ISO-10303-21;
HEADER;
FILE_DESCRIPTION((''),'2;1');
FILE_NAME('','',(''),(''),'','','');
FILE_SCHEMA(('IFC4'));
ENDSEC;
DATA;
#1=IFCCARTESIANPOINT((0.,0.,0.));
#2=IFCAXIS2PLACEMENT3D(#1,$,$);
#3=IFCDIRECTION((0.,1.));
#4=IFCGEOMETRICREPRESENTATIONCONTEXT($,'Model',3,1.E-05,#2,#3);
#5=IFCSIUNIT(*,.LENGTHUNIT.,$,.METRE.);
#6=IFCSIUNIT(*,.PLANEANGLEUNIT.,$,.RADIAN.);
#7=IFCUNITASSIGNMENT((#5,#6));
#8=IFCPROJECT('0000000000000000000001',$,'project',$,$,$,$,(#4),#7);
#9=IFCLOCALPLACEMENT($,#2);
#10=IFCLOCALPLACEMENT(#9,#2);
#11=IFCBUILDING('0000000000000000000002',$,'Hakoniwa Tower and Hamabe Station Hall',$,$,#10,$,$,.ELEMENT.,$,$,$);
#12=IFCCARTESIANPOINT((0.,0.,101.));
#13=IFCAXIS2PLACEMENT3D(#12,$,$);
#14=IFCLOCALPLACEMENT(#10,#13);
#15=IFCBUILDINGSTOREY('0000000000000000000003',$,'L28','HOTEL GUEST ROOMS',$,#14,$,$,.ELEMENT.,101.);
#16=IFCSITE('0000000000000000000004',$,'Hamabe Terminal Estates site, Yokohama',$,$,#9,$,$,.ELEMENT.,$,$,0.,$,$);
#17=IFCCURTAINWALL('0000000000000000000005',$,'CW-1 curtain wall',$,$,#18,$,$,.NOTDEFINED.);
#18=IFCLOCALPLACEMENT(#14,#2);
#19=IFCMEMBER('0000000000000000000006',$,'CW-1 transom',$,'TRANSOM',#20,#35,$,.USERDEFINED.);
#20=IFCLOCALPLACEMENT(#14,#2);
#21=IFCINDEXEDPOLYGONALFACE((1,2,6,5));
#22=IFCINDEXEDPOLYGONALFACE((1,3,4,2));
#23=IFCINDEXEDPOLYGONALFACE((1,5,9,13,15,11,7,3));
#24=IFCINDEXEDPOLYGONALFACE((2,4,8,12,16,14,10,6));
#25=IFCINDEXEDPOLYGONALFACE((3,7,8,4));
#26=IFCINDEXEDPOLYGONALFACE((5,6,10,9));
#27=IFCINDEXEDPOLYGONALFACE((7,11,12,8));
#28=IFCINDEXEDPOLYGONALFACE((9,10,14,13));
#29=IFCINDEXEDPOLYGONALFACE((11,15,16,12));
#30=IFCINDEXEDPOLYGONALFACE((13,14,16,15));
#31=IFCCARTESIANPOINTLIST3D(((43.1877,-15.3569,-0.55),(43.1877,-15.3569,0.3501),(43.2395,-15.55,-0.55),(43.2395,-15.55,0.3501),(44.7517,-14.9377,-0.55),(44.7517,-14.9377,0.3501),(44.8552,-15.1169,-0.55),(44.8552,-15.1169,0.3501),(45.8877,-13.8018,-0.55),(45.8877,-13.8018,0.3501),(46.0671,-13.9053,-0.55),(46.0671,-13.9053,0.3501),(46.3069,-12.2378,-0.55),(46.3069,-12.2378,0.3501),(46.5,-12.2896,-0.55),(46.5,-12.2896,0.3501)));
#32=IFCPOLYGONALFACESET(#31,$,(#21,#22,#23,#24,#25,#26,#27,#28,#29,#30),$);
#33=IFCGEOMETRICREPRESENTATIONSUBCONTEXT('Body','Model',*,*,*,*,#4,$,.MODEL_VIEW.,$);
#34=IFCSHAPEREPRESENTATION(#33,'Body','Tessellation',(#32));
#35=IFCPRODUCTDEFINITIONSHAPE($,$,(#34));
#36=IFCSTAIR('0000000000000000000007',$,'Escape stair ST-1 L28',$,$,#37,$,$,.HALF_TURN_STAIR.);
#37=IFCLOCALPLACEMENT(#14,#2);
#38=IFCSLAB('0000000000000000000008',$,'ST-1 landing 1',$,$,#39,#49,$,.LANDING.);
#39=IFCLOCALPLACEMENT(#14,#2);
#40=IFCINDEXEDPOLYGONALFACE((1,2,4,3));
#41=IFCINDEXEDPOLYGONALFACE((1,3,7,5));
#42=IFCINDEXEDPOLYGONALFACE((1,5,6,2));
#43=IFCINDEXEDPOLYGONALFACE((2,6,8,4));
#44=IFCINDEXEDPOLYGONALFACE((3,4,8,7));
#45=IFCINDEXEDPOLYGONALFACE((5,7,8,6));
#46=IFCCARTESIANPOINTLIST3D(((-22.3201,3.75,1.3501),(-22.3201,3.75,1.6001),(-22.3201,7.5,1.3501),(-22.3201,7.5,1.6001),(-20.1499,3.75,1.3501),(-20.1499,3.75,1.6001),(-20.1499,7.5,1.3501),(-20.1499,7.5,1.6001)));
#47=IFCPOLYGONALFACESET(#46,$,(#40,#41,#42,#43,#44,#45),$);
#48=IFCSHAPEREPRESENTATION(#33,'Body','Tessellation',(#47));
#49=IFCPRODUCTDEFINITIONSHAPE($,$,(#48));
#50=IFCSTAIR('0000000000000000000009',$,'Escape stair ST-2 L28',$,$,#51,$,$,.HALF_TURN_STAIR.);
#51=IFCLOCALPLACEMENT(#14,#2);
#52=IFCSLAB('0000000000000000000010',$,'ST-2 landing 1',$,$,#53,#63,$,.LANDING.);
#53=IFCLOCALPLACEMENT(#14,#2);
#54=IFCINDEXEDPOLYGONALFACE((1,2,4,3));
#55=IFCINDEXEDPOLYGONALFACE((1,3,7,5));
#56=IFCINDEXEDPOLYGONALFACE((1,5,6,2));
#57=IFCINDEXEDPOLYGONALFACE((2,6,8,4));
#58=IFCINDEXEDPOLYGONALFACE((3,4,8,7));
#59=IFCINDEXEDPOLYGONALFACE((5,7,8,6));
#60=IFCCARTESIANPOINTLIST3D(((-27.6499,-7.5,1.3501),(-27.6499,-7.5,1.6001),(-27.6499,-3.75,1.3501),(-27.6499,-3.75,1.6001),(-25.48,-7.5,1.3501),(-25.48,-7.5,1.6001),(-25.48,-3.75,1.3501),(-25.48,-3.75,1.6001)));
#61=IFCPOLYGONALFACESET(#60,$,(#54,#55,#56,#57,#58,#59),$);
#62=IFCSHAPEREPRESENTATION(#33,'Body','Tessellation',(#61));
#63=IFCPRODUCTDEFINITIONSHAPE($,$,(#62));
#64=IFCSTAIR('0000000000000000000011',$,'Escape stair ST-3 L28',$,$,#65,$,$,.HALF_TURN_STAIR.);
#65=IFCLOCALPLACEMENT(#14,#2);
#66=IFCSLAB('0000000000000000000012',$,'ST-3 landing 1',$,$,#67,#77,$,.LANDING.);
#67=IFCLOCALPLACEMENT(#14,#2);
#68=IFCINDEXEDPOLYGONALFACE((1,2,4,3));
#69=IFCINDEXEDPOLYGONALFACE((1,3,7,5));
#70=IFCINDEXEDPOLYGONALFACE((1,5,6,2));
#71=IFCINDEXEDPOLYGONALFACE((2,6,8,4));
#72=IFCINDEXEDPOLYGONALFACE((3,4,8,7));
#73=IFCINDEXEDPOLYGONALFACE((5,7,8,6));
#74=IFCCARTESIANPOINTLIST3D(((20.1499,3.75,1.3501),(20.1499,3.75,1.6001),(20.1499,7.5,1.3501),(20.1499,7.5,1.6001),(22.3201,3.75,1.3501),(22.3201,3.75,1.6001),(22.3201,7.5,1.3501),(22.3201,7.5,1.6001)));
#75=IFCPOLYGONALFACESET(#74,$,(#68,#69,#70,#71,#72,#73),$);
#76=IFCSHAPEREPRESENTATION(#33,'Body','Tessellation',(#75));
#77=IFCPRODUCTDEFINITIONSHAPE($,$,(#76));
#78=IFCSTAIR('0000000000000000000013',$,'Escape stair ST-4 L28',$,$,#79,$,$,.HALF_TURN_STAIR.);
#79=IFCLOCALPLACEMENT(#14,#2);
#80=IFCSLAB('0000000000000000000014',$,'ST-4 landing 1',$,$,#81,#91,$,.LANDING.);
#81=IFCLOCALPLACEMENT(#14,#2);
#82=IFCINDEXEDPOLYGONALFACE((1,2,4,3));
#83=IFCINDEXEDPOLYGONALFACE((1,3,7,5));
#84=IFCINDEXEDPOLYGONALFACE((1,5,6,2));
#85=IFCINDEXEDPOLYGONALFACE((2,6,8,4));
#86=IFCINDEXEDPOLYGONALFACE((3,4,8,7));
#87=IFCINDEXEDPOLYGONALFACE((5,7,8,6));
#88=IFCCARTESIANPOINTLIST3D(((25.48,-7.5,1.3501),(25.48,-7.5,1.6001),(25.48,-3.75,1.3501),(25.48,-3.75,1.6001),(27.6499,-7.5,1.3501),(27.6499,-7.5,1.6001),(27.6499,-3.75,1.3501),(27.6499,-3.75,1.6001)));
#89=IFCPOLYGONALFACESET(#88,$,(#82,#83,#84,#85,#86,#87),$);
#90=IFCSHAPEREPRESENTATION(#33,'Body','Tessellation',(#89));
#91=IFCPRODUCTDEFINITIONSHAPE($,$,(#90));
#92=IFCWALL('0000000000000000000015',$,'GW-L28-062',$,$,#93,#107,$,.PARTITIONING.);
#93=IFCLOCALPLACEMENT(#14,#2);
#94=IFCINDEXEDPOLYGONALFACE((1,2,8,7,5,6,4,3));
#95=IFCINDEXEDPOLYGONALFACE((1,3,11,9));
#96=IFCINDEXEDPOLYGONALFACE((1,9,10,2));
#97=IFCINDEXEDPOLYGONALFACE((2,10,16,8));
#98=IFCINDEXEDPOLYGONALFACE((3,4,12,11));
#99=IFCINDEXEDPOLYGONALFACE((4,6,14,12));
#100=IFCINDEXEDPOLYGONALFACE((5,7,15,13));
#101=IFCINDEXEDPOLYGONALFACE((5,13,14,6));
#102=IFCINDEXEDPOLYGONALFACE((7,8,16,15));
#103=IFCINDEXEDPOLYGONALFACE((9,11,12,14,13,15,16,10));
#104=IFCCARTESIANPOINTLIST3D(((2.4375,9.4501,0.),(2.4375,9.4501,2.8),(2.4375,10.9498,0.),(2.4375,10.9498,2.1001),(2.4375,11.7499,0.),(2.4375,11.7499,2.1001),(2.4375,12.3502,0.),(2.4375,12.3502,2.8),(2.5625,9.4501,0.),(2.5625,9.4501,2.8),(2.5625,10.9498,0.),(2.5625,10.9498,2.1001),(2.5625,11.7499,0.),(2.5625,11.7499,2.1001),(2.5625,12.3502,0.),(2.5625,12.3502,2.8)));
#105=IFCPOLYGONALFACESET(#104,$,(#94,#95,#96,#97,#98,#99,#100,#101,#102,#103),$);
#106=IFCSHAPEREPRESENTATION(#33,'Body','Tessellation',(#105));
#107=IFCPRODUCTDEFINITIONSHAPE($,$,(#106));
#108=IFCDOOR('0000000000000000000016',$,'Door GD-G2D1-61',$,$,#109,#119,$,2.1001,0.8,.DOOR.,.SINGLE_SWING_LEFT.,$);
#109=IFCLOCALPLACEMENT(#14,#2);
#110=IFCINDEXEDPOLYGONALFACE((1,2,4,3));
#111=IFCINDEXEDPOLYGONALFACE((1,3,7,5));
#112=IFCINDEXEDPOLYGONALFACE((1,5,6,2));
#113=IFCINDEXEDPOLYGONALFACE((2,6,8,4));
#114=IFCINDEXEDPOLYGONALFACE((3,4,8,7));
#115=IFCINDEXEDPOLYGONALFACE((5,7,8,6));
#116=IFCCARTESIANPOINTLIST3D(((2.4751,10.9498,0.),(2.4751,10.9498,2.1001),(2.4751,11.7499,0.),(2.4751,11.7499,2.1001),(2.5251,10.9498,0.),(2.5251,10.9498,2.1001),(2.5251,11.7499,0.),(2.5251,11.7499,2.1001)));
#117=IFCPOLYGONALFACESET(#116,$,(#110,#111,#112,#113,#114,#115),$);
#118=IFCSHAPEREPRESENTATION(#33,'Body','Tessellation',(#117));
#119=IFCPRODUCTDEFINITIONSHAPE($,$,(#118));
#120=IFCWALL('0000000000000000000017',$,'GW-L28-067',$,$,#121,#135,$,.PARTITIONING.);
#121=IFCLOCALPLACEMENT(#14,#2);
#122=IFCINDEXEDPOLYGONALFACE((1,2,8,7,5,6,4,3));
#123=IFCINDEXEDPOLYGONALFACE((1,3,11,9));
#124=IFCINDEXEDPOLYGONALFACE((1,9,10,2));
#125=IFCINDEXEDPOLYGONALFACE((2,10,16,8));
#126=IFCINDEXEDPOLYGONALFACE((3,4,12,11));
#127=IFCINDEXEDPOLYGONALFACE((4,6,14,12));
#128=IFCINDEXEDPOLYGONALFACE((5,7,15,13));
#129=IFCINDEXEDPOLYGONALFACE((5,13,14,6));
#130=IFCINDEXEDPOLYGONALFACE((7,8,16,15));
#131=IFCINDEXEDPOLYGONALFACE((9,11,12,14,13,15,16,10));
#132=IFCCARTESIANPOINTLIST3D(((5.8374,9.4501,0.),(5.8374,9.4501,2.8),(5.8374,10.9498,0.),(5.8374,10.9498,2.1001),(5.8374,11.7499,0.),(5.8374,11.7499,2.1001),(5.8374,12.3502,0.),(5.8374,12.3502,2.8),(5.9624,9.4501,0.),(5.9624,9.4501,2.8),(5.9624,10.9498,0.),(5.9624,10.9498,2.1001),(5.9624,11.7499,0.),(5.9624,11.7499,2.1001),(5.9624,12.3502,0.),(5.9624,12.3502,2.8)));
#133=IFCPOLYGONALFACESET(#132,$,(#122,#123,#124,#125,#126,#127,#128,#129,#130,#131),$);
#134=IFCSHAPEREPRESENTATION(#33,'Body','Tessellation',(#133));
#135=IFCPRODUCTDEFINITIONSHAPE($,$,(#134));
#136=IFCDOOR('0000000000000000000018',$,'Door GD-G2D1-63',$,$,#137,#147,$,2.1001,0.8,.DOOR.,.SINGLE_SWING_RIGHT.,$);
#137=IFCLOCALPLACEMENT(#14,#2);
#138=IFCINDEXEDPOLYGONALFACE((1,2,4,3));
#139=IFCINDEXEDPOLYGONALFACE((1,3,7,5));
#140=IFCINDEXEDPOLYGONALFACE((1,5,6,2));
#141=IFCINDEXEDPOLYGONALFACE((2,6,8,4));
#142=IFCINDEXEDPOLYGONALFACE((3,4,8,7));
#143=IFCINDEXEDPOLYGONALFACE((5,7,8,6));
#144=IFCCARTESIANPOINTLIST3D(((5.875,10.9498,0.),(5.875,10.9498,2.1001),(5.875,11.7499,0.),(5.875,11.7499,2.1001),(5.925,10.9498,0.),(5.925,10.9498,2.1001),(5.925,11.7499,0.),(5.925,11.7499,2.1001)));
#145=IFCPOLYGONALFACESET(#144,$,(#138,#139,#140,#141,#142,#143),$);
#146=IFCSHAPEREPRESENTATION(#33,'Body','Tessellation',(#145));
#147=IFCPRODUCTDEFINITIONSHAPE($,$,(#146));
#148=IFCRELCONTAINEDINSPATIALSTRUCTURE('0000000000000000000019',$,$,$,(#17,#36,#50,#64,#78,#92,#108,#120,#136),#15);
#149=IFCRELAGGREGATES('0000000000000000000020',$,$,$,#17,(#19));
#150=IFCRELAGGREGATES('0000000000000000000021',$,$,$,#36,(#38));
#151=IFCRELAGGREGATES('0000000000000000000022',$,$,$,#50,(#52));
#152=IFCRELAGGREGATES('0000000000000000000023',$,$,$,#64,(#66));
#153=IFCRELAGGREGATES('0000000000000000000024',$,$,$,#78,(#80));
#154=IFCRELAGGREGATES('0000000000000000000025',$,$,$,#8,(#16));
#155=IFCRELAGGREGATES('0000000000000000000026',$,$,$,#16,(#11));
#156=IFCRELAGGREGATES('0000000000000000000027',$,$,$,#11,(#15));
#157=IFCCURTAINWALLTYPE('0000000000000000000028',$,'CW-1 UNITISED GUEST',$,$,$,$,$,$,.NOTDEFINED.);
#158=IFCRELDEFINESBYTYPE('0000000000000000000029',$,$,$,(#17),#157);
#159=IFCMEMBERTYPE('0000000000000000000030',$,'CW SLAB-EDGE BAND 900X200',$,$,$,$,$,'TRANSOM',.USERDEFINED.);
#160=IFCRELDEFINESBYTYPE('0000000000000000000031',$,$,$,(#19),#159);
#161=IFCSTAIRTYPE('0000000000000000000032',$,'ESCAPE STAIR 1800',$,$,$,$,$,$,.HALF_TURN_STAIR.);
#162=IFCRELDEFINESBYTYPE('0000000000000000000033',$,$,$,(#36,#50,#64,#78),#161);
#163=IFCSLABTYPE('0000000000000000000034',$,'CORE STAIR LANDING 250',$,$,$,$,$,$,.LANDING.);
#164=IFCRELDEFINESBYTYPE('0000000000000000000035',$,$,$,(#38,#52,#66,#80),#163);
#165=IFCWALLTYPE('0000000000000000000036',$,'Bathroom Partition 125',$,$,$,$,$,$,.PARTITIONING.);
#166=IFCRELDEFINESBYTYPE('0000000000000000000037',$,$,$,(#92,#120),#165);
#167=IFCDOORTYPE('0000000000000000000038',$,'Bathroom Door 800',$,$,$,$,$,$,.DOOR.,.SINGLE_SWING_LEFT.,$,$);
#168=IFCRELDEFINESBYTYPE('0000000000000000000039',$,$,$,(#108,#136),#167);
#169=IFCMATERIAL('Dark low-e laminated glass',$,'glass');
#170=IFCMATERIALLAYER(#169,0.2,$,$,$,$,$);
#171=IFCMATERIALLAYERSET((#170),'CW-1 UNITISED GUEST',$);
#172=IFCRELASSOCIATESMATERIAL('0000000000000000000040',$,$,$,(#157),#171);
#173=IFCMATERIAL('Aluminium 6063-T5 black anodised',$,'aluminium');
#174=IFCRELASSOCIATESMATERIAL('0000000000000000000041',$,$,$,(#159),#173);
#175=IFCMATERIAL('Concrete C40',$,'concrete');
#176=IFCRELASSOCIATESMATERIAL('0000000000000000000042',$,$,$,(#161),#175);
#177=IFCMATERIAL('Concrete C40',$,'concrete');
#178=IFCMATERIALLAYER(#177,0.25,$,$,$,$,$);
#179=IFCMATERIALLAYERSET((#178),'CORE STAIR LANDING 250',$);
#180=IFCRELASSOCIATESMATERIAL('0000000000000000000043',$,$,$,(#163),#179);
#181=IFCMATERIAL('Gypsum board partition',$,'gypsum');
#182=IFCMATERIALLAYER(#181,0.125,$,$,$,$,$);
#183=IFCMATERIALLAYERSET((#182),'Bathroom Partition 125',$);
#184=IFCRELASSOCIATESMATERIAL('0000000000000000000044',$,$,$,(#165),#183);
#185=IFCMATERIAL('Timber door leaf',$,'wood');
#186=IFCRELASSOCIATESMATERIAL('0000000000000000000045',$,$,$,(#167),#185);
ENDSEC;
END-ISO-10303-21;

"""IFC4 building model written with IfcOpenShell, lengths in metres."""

from ifc_helpers import new_model, si_unit, direction, frame, frame_2d, origin, origin_2d, place, context, subcontext, project, spatial, polyline, rectangle, outline, extrude, material, layer, layer_set, material_profile, profile_set, type_object, element, fill, aggregate, save


model = new_model("IFC4")

# Units and contexts
model_context = context("Model", 3, precision=1e-05, world=origin(), true_north=direction((0.0, 1.0)))
body_context = subcontext(model_context, "Body", "Model", "MODEL_VIEW")
ifc_project = project(units=[si_unit("LENGTHUNIT", "METRE"), si_unit("PLANEANGLEUNIT", "RADIAN")], contexts=[model_context])

# Site, building, storey
site_placement = place(None, origin())
site = spatial("IfcSite", under=ifc_project, at=site_placement, Name="Hamabe Terminal Estates site, Yokohama", CompositionType="ELEMENT", RefElevation=0.0)
building_placement = place(site_placement, origin())
building = spatial("IfcBuilding", under=site, at=building_placement, Name="Hakoniwa Tower and Hamabe Station Hall", CompositionType="ELEMENT")
storey_placement = place(building_placement, frame((0.0, 0.0, 101.0)))
storey = spatial("IfcBuildingStorey", under=building, at=storey_placement, Name="L28", Description="HOTEL GUEST ROOMS", CompositionType="ELEMENT", Elevation=101.0)

# Curtain wall, member
ifc_material_1 = material(Name="Dark low-e laminated glass", Category="glass")
ifc_layer_1 = layer(ifc_material_1, 0.2)
ifc_layer_set_1 = layer_set([ifc_layer_1], Name="CW-1 UNITISED GUEST")
curtain_wall_type = type_object("IfcCurtainWallType", Name="CW-1 UNITISED GUEST", PredefinedType="NOTDEFINED", material=ifc_layer_set_1)
curtain_wall_placement = place(storey_placement, origin())
curtain_wall = element("IfcCurtainWall", 1, at=curtain_wall_placement, inside=storey, type_object=curtain_wall_type, Name="CW-1 curtain wall", PredefinedType="NOTDEFINED")
ifc_material_2 = material(Name="Aluminium 6063-T5 black anodised", Category="aluminium")
ifc_material_profile = material_profile(ifc_material_2, rectangle(XDim=0.2, YDim=0.8999, at=origin_2d()), Name="CW SLAB-EDGE BAND 900X200")
ifc_profile_set = profile_set([ifc_material_profile], Name="Aluminium 6063-T5 black anodised")
member_type = type_object("IfcMemberType", Name="CW SLAB-EDGE BAND 900X200", ElementType="TRANSOM", PredefinedType="USERDEFINED", material=ifc_profile_set)
member_placement = place(storey_placement, frame((0.0, 0.0, -0.55)))
member = element("IfcMember", 2, at=member_placement, type_object=member_type, Name="CW-1 transom", ObjectType="TRANSOM", PredefinedType="USERDEFINED", context=body_context, shape_type="SweptSolid", body=[
    extrude(outline(polyline([(43.2395, -15.55), (44.8552, -15.1169), (46.0671, -13.9053), (46.5, -12.2896), (46.3069, -12.2378), (45.8877, -13.8018), (44.7517, -14.9377), (43.1877, -15.3569), (43.2395, -15.55)])), origin(), (0.0, 0.0, 1.0), 0.9001),
])
aggregate(curtain_wall, [member])

# Stairs, slabs
ifc_material_3 = material(Name="Concrete C40", Category="concrete")
stair_type = type_object("IfcStairType", Name="ESCAPE STAIR 1800", PredefinedType="HALF_TURN_STAIR", material=ifc_material_3)
stair_1_placement = place(storey_placement, origin())
stair_1 = element("IfcStair", 3, at=stair_1_placement, inside=storey, type_object=stair_type, Name="Escape stair ST-1 L28", PredefinedType="HALF_TURN_STAIR")
ifc_material_4 = material(Name="Concrete C40", Category="concrete")
ifc_layer_2 = layer(ifc_material_4, 0.25)
ifc_layer_set_2 = layer_set([ifc_layer_2], Name="CORE STAIR LANDING 250")
slab_type = type_object("IfcSlabType", Name="CORE STAIR LANDING 250", PredefinedType="LANDING", material=ifc_layer_set_2)
slab_1_placement = place(storey_placement, frame((0.0, 0.0, 1.3501)))
slab_1 = element("IfcSlab", 4, at=slab_1_placement, type_object=slab_type, Name="ST-1 landing 1", PredefinedType="LANDING", context=body_context, shape_type="SweptSolid", body=[
    extrude(outline(polyline([(-22.3201, 3.75), (-20.1499, 3.75), (-20.1499, 7.5), (-22.3201, 7.5), (-22.3201, 3.75)])), origin(), (0.0, 0.0, 1.0), 0.25),
])
aggregate(stair_1, [slab_1])
stair_2_placement = place(storey_placement, origin())
stair_2 = element("IfcStair", 5, at=stair_2_placement, inside=storey, type_object=stair_type, Name="Escape stair ST-2 L28", PredefinedType="HALF_TURN_STAIR")
slab_2_placement = place(storey_placement, frame((0.0, 0.0, 1.3501)))
slab_2 = element("IfcSlab", 6, at=slab_2_placement, type_object=slab_type, Name="ST-2 landing 1", PredefinedType="LANDING", context=body_context, shape_type="SweptSolid", body=[
    extrude(outline(polyline([(-25.48, -7.5), (-27.6499, -7.5), (-27.6499, -3.75), (-25.48, -3.75), (-25.48, -7.5)])), origin(), (0.0, 0.0, 1.0), 0.25),
])
aggregate(stair_2, [slab_2])
stair_3_placement = place(storey_placement, origin())
stair_3 = element("IfcStair", 7, at=stair_3_placement, inside=storey, type_object=stair_type, Name="Escape stair ST-3 L28", PredefinedType="HALF_TURN_STAIR")
slab_3_placement = place(storey_placement, frame((0.0, 0.0, 1.3501)))
slab_3 = element("IfcSlab", 8, at=slab_3_placement, type_object=slab_type, Name="ST-3 landing 1", PredefinedType="LANDING", context=body_context, shape_type="SweptSolid", body=[
    extrude(outline(polyline([(22.3201, 3.75), (20.1499, 3.75), (20.1499, 7.5), (22.3201, 7.5), (22.3201, 3.75)])), origin(), (0.0, 0.0, 1.0), 0.25),
])
aggregate(stair_3, [slab_3])
stair_4_placement = place(storey_placement, origin())
stair_4 = element("IfcStair", 9, at=stair_4_placement, inside=storey, type_object=stair_type, Name="Escape stair ST-4 L28", PredefinedType="HALF_TURN_STAIR")
slab_4_placement = place(storey_placement, frame((0.0, 0.0, 1.3501)))
slab_4 = element("IfcSlab", 10, at=slab_4_placement, type_object=slab_type, Name="ST-4 landing 1", PredefinedType="LANDING", context=body_context, shape_type="SweptSolid", body=[
    extrude(outline(polyline([(25.48, -7.5), (27.6499, -7.5), (27.6499, -3.75), (25.48, -3.75), (25.48, -7.5)])), origin(), (0.0, 0.0, 1.0), 0.25),
])
aggregate(stair_4, [slab_4])

# Walls, openings, doors
ifc_material_5 = material(Name="Gypsum board partition", Category="gypsum")
ifc_layer_3 = layer(ifc_material_5, 0.125)
ifc_layer_set_3 = layer_set([ifc_layer_3], Name="Bathroom Partition 125")
wall_type_1 = type_object("IfcWallType", Name="Bathroom Partition 125", PredefinedType="PARTITIONING", material=ifc_layer_set_3)
wall_1_placement = place(storey_placement, frame((2.5, 9.45, 0.0), z_axis=(0.0, 0.0, 1.0), x_axis=(0.0, 1.0, 0.0)))
wall_1 = element("IfcWall", 11, at=wall_1_placement, inside=storey, type_object=wall_type_1, Name="GW-L28-062", PredefinedType="PARTITIONING", context=body_context, shape_type="SweptSolid", body=[
    extrude(rectangle(XDim=2.9001, YDim=0.125, at=frame_2d((1.4502, 0.0))), origin(), (0.0, 0.0, 1.0), 2.8),
])
opening_1_placement = place(wall_1_placement, frame((1.5, 0.0, 0.0)))
opening_1 = element("IfcOpeningElement", 12, at=opening_1_placement, cuts=wall_1, PredefinedType="OPENING", context=body_context, shape_type="SweptSolid", body=[
    extrude(rectangle(XDim=0.8, YDim=2.1001, at=frame_2d((0.3999, 1.05))), frame((0.0, 0.0725, 0.0), z_axis=(0.0, -1.0, 0.0), x_axis=(1.0, 0.0, 0.0)), (0.0, 0.0, 1.0), 0.145),
])
ifc_material_6 = material(Name="Timber door leaf", Category="wood")
door_type_1 = type_object("IfcDoorType", Name="Bathroom Door 800", OperationType="SINGLE_SWING_LEFT", PredefinedType="DOOR", material=ifc_material_6)
door_1_placement = place(opening_1_placement, origin())
door_1 = element("IfcDoor", 13, at=door_1_placement, inside=storey, type_object=door_type_1, Name="Door GD-G2D1-61", OperationType="SINGLE_SWING_LEFT", OverallHeight=2.1001, OverallWidth=0.8, PredefinedType="DOOR", context=body_context, shape_type="SweptSolid", body=[
    extrude(rectangle(XDim=0.8, YDim=2.1001, at=frame_2d((0.3999, 1.05))), frame((0.0, 0.0249, 0.0), z_axis=(0.0, -1.0, 0.0), x_axis=(1.0, 0.0, 0.0)), (0.0, 0.0, 1.0), 0.05),
])
fill(opening_1, door_1)
wall_2_placement = place(storey_placement, frame((5.8999, 9.45, 0.0), z_axis=(0.0, 0.0, 1.0), x_axis=(0.0, 1.0, 0.0)))
wall_2 = element("IfcWall", 14, at=wall_2_placement, inside=storey, type_object=wall_type_1, Name="GW-L28-067", PredefinedType="PARTITIONING", context=body_context, shape_type="SweptSolid", body=[
    extrude(rectangle(XDim=2.9001, YDim=0.125, at=frame_2d((1.4502, 0.0))), origin(), (0.0, 0.0, 1.0), 2.8),
])
opening_2_placement = place(wall_2_placement, frame((1.5, 0.0, 0.0)))
opening_2 = element("IfcOpeningElement", 15, at=opening_2_placement, cuts=wall_2, PredefinedType="OPENING", context=body_context, shape_type="SweptSolid", body=[
    extrude(rectangle(XDim=0.8, YDim=2.1001, at=frame_2d((0.3999, 1.05))), frame((0.0, 0.0725, 0.0), z_axis=(0.0, -1.0, 0.0), x_axis=(1.0, 0.0, 0.0)), (0.0, 0.0, 1.0), 0.145),
])
door_2_placement = place(opening_2_placement, origin())
door_2 = element("IfcDoor", 16, at=door_2_placement, inside=storey, type_object=door_type_1, Name="Door GD-G2D1-63", OperationType="SINGLE_SWING_RIGHT", OverallHeight=2.1001, OverallWidth=0.8, PredefinedType="DOOR", context=body_context, shape_type="SweptSolid", body=[
    extrude(rectangle(XDim=0.8, YDim=2.1001, at=frame_2d((0.3999, 1.05))), frame((0.0, 0.0249, 0.0), z_axis=(0.0, -1.0, 0.0), x_axis=(1.0, 0.0, 0.0)), (0.0, 0.0, 1.0), 0.05),
])
fill(opening_2, door_2)

save(model, "model.ifc")
